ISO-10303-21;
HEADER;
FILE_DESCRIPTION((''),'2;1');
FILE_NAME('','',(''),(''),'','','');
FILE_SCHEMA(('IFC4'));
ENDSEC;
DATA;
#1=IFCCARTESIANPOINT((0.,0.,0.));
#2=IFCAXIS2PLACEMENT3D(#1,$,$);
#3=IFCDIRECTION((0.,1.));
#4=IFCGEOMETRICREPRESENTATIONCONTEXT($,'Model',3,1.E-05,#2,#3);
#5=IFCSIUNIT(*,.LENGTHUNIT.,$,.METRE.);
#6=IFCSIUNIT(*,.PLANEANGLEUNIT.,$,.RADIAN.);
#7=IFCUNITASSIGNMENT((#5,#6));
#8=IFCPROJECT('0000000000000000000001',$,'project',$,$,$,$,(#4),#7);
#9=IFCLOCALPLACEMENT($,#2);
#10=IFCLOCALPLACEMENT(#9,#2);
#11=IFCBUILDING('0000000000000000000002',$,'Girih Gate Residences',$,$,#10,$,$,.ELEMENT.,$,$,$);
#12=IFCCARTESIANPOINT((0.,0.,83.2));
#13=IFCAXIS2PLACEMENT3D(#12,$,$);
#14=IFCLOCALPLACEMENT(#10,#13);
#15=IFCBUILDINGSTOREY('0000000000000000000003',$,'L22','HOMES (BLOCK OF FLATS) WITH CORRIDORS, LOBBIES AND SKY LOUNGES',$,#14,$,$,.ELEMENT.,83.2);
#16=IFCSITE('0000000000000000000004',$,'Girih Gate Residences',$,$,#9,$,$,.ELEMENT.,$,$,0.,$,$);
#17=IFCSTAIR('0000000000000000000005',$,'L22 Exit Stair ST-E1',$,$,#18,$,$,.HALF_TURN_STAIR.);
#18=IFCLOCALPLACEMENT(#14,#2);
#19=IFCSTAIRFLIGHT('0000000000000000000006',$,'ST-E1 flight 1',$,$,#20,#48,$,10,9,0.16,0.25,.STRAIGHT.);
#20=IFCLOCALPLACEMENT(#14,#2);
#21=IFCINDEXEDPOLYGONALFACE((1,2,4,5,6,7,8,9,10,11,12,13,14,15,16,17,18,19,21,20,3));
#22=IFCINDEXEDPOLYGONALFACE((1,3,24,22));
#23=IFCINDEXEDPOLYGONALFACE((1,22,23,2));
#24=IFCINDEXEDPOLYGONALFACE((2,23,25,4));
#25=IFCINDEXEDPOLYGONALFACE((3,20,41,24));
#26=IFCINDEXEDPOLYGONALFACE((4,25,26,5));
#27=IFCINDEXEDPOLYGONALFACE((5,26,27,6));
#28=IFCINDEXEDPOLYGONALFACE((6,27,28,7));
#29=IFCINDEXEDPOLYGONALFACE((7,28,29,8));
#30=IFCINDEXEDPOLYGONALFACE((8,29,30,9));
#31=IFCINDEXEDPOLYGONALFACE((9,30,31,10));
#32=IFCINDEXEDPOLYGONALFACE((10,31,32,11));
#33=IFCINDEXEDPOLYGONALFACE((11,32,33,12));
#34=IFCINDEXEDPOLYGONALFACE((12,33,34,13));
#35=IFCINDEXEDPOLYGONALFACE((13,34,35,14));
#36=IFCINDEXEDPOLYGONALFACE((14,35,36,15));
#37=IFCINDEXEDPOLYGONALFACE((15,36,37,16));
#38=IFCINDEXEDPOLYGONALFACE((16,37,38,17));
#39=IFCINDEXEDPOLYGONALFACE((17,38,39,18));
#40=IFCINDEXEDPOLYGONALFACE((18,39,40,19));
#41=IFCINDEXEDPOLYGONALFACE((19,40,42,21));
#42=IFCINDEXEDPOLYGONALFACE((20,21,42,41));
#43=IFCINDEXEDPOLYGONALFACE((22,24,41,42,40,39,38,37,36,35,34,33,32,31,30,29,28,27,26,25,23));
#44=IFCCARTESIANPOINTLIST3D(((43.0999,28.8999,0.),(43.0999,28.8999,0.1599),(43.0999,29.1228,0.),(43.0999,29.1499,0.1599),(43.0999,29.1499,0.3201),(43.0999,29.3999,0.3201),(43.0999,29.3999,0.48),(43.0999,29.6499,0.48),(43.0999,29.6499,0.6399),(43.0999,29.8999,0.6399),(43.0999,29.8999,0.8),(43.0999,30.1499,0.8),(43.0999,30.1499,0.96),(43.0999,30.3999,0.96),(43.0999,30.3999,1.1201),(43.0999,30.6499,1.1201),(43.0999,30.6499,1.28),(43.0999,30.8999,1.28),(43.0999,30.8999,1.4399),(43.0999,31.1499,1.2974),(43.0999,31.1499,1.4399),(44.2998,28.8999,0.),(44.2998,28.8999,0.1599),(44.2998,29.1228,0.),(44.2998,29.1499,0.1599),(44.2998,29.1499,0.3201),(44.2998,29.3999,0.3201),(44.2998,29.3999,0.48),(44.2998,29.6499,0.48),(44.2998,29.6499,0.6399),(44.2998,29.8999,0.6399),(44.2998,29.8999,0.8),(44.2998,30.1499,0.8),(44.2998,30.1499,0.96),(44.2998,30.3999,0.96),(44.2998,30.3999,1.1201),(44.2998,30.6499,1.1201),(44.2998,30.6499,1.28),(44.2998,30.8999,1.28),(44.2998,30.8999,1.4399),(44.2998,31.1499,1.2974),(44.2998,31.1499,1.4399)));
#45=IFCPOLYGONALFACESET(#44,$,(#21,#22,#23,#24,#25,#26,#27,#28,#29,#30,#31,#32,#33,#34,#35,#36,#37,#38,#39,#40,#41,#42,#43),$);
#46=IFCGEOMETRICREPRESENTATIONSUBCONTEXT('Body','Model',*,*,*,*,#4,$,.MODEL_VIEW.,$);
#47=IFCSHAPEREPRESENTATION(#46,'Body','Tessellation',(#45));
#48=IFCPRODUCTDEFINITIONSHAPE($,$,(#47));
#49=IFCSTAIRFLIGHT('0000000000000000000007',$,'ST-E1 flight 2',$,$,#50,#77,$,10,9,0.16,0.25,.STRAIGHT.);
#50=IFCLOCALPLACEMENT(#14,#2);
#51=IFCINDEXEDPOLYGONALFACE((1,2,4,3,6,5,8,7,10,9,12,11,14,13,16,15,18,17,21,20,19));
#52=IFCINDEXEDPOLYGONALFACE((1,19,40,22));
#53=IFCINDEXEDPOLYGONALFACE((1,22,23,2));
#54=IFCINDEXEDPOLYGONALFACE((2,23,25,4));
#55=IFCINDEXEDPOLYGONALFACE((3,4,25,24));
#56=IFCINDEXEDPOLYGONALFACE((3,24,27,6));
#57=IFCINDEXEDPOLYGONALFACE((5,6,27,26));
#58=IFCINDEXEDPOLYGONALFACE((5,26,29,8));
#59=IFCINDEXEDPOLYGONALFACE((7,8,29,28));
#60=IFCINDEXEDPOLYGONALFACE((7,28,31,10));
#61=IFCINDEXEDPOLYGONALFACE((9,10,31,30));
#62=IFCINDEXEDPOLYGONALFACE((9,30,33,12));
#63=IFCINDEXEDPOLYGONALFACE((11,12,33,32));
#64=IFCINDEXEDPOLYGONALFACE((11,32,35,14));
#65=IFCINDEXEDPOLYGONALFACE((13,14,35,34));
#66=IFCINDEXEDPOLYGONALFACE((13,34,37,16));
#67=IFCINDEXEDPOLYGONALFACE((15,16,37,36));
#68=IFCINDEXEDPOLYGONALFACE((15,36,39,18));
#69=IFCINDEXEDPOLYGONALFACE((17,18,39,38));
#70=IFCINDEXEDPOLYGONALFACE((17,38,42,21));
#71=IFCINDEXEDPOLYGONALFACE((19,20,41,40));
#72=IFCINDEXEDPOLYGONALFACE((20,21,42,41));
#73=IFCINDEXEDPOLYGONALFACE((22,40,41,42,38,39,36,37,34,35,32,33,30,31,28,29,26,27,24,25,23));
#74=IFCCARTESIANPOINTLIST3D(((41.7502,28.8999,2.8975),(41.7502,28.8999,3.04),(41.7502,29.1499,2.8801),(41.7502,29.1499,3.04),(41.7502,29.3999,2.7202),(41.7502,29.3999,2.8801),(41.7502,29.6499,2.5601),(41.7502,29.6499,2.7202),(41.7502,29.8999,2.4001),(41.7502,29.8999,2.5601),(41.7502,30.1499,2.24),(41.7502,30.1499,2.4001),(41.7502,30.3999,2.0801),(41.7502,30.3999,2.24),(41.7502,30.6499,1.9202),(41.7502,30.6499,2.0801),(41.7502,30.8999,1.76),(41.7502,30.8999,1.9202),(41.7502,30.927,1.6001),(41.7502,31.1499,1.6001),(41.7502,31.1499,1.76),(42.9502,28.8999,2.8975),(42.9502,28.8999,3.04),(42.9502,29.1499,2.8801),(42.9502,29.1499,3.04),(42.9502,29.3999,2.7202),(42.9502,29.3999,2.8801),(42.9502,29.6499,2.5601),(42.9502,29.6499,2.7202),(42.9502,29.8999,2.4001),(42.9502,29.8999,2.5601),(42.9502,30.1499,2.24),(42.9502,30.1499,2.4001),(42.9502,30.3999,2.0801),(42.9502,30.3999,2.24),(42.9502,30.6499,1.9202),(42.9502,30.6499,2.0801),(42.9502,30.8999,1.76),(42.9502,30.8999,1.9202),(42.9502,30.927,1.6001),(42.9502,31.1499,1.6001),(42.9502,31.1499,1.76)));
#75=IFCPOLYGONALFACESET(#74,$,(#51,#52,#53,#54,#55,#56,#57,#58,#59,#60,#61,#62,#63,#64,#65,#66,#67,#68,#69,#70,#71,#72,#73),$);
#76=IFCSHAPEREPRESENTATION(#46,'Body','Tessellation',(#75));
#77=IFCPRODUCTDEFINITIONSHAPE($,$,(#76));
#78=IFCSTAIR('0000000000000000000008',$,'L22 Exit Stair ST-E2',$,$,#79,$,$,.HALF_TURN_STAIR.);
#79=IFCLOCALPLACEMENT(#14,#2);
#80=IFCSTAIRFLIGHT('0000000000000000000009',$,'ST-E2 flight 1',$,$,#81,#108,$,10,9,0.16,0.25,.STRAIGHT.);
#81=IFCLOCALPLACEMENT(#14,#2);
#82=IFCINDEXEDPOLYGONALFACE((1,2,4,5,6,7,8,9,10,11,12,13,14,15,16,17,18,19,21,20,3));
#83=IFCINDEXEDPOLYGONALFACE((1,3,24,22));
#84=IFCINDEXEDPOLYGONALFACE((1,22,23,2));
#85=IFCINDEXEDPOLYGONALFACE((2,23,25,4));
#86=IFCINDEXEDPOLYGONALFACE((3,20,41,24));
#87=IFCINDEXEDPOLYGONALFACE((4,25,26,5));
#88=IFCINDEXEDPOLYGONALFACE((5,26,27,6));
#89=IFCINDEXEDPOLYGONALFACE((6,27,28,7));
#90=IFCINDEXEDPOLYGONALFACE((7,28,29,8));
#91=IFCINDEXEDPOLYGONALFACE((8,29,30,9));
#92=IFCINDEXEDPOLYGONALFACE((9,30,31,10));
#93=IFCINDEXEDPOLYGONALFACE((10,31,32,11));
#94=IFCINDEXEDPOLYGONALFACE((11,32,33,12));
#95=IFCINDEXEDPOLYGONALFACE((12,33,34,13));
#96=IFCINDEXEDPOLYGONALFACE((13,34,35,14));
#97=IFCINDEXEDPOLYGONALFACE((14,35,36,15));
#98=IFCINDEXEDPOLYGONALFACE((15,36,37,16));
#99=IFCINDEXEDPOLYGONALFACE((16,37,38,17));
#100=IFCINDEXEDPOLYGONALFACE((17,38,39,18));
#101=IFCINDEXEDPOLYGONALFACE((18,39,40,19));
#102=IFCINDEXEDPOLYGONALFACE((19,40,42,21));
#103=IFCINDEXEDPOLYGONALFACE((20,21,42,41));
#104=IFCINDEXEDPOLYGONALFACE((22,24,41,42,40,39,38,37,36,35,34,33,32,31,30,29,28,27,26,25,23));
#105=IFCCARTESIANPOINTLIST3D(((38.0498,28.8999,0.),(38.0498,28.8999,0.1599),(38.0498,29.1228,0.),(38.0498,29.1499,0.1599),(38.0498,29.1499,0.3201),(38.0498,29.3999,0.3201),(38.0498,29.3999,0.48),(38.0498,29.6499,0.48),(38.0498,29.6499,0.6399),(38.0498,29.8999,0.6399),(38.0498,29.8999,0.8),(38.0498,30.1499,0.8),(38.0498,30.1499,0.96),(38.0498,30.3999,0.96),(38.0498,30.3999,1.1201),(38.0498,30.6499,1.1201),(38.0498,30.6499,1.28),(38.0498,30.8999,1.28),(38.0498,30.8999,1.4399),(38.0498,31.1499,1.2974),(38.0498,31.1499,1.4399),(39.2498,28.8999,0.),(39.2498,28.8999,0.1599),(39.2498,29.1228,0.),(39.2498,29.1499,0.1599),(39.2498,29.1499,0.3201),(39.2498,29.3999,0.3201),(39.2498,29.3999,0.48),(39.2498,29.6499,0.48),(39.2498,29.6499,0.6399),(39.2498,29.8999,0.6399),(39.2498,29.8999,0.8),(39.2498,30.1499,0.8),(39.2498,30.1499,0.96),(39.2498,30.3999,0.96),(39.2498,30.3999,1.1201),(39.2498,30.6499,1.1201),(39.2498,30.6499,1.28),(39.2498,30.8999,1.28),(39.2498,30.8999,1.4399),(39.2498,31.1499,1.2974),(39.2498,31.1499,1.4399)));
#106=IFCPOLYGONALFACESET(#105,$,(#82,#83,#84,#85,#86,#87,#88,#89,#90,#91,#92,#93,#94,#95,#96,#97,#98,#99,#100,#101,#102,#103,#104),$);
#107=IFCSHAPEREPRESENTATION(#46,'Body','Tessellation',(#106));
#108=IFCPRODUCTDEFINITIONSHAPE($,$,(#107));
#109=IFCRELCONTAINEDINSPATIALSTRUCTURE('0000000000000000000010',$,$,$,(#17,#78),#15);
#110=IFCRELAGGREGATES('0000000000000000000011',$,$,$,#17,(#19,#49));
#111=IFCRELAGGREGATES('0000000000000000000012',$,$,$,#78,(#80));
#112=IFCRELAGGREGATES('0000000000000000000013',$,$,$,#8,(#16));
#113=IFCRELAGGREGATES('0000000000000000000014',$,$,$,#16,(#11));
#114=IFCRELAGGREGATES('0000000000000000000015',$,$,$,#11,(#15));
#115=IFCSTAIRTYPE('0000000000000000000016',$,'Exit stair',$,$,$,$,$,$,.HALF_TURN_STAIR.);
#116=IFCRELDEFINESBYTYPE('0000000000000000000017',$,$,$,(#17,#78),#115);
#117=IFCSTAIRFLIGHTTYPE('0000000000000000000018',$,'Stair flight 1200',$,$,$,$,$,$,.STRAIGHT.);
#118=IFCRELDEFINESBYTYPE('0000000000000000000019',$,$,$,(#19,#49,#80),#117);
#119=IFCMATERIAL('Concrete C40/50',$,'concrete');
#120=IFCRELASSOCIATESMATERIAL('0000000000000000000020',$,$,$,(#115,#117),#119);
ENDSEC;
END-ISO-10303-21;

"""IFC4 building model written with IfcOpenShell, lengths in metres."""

from ifc_helpers import new_model, si_unit, direction, frame, origin, place, context, subcontext, project, spatial, polyline, outline, extrude, material, type_object, element, aggregate, save


model = new_model("IFC4")

# Units and contexts
model_context = context("Model", 3, precision=1e-05, world=origin(), true_north=direction((0.0, 1.0)))
body_context = subcontext(model_context, "Body", "Model", "MODEL_VIEW")
ifc_project = project(units=[si_unit("LENGTHUNIT", "METRE"), si_unit("PLANEANGLEUNIT", "RADIAN")], contexts=[model_context])

# Site, building, storey
site_placement = place(None, origin())
site = spatial("IfcSite", under=ifc_project, at=site_placement, Name="Girih Gate Residences", CompositionType="ELEMENT", RefElevation=0.0)
building_placement = place(site_placement, origin())
building = spatial("IfcBuilding", under=site, at=building_placement, Name="Girih Gate Residences", CompositionType="ELEMENT")
storey_placement = place(building_placement, frame((0.0, 0.0, 83.2)))
storey = spatial("IfcBuildingStorey", under=building, at=storey_placement, Name="L22", Description="HOMES (BLOCK OF FLATS) WITH CORRIDORS, LOBBIES AND SKY LOUNGES", CompositionType="ELEMENT", Elevation=83.2)

# Shared definitions
ifc_material_1 = material(Name="Concrete C40/50", Category="concrete")

# Stair, stair flights
stair_type = type_object("IfcStairType", Name="Exit stair", PredefinedType="HALF_TURN_STAIR", material=ifc_material_1)
stair_1_placement = place(storey_placement, origin())
stair_1 = element("IfcStair", 1, at=stair_1_placement, inside=storey, type_object=stair_type, Name="L22 Exit Stair ST-E1", PredefinedType="HALF_TURN_STAIR")
stair_flight_type = type_object("IfcStairFlightType", Name="Stair flight 1200", PredefinedType="STRAIGHT", material=ifc_material_1)
stair_flight_1_placement = place(storey_placement, frame((43.7, 28.8999, 0.0), z_axis=(0.0, 0.0, 1.0), x_axis=(0.0, 1.0, 0.0)))
stair_flight_1 = element("IfcStairFlight", 2, at=stair_flight_1_placement, type_object=stair_flight_type, Name="ST-E1 flight 1", NumberOfRisers=10, NumberOfTreads=9, PredefinedType="STRAIGHT", RiserHeight=0.16, TreadLength=0.25, context=body_context, shape_type="SweptSolid", body=[
    extrude(outline(polyline([(0.0, 0.0), (0.0, 0.1599), (0.25, 0.1599), (0.25, 0.3201), (0.5, 0.3201), (0.5, 0.48), (0.75, 0.48), (0.75, 0.6399), (1.0, 0.6399), (1.0, 0.8), (1.25, 0.8), (1.25, 0.96), (1.5, 0.96), (1.5, 1.1201), (1.75, 1.1201), (1.75, 1.28), (2.0, 1.28), (2.0, 1.4399), (2.25, 1.4399), (2.25, 1.6001), (2.25, 1.2974), (0.2229, 0.0), (0.0, 0.0)])), frame((0.0, 0.6001, 0.0), z_axis=(0.0, -1.0, 0.0), x_axis=(1.0, 0.0, 0.0)), (0.0, 0.0, 1.0), 1.2),
])
stair_flight_2_placement = place(storey_placement, frame((42.3501, 31.1499, 1.6001), z_axis=(0.0, 0.0, 1.0), x_axis=(0.0, -1.0, 0.0)))
stair_flight_2 = element("IfcStairFlight", 3, at=stair_flight_2_placement, type_object=stair_flight_type, Name="ST-E1 flight 2", NumberOfRisers=10, NumberOfTreads=9, PredefinedType="STRAIGHT", RiserHeight=0.16, TreadLength=0.25, context=body_context, shape_type="SweptSolid", body=[
    extrude(outline(polyline([(0.0, 0.0), (0.0, 0.1599), (0.25, 0.1599), (0.25, 0.3201), (0.5, 0.3201), (0.5, 0.48), (0.75, 0.48), (0.75, 0.6399), (1.0, 0.6399), (1.0, 0.8), (1.25, 0.8), (1.25, 0.96), (1.5, 0.96), (1.5, 1.1201), (1.75, 1.1201), (1.75, 1.28), (2.0, 1.28), (2.0, 1.4399), (2.25, 1.4399), (2.25, 1.6001), (2.25, 1.2974), (0.2229, 0.0), (0.0, 0.0)])), frame((0.0, 0.6001, 0.0), z_axis=(0.0, -1.0, 0.0), x_axis=(1.0, 0.0, 0.0)), (0.0, 0.0, 1.0), 1.2),
])
aggregate(stair_1, [stair_flight_1, stair_flight_2])

# Stair, stair flight
stair_2_placement = place(storey_placement, origin())
stair_2 = element("IfcStair", 4, at=stair_2_placement, inside=storey, type_object=stair_type, Name="L22 Exit Stair ST-E2", PredefinedType="HALF_TURN_STAIR")
stair_flight_3_placement = place(storey_placement, frame((38.6499, 28.8999, 0.0), z_axis=(0.0, 0.0, 1.0), x_axis=(0.0, 1.0, 0.0)))
stair_flight_3 = element("IfcStairFlight", 5, at=stair_flight_3_placement, type_object=stair_flight_type, Name="ST-E2 flight 1", NumberOfRisers=10, NumberOfTreads=9, PredefinedType="STRAIGHT", RiserHeight=0.16, TreadLength=0.25, context=body_context, shape_type="SweptSolid", body=[
    extrude(outline(polyline([(0.0, 0.0), (0.0, 0.1599), (0.25, 0.1599), (0.25, 0.3201), (0.5, 0.3201), (0.5, 0.48), (0.75, 0.48), (0.75, 0.6399), (1.0, 0.6399), (1.0, 0.8), (1.25, 0.8), (1.25, 0.96), (1.5, 0.96), (1.5, 1.1201), (1.75, 1.1201), (1.75, 1.28), (2.0, 1.28), (2.0, 1.4399), (2.25, 1.4399), (2.25, 1.6001), (2.25, 1.2974), (0.2229, 0.0), (0.0, 0.0)])), frame((0.0, 0.6001, 0.0), z_axis=(0.0, -1.0, 0.0), x_axis=(1.0, 0.0, 0.0)), (0.0, 0.0, 1.0), 1.2),
])
aggregate(stair_2, [stair_flight_3])

save(model, "model.ifc")
